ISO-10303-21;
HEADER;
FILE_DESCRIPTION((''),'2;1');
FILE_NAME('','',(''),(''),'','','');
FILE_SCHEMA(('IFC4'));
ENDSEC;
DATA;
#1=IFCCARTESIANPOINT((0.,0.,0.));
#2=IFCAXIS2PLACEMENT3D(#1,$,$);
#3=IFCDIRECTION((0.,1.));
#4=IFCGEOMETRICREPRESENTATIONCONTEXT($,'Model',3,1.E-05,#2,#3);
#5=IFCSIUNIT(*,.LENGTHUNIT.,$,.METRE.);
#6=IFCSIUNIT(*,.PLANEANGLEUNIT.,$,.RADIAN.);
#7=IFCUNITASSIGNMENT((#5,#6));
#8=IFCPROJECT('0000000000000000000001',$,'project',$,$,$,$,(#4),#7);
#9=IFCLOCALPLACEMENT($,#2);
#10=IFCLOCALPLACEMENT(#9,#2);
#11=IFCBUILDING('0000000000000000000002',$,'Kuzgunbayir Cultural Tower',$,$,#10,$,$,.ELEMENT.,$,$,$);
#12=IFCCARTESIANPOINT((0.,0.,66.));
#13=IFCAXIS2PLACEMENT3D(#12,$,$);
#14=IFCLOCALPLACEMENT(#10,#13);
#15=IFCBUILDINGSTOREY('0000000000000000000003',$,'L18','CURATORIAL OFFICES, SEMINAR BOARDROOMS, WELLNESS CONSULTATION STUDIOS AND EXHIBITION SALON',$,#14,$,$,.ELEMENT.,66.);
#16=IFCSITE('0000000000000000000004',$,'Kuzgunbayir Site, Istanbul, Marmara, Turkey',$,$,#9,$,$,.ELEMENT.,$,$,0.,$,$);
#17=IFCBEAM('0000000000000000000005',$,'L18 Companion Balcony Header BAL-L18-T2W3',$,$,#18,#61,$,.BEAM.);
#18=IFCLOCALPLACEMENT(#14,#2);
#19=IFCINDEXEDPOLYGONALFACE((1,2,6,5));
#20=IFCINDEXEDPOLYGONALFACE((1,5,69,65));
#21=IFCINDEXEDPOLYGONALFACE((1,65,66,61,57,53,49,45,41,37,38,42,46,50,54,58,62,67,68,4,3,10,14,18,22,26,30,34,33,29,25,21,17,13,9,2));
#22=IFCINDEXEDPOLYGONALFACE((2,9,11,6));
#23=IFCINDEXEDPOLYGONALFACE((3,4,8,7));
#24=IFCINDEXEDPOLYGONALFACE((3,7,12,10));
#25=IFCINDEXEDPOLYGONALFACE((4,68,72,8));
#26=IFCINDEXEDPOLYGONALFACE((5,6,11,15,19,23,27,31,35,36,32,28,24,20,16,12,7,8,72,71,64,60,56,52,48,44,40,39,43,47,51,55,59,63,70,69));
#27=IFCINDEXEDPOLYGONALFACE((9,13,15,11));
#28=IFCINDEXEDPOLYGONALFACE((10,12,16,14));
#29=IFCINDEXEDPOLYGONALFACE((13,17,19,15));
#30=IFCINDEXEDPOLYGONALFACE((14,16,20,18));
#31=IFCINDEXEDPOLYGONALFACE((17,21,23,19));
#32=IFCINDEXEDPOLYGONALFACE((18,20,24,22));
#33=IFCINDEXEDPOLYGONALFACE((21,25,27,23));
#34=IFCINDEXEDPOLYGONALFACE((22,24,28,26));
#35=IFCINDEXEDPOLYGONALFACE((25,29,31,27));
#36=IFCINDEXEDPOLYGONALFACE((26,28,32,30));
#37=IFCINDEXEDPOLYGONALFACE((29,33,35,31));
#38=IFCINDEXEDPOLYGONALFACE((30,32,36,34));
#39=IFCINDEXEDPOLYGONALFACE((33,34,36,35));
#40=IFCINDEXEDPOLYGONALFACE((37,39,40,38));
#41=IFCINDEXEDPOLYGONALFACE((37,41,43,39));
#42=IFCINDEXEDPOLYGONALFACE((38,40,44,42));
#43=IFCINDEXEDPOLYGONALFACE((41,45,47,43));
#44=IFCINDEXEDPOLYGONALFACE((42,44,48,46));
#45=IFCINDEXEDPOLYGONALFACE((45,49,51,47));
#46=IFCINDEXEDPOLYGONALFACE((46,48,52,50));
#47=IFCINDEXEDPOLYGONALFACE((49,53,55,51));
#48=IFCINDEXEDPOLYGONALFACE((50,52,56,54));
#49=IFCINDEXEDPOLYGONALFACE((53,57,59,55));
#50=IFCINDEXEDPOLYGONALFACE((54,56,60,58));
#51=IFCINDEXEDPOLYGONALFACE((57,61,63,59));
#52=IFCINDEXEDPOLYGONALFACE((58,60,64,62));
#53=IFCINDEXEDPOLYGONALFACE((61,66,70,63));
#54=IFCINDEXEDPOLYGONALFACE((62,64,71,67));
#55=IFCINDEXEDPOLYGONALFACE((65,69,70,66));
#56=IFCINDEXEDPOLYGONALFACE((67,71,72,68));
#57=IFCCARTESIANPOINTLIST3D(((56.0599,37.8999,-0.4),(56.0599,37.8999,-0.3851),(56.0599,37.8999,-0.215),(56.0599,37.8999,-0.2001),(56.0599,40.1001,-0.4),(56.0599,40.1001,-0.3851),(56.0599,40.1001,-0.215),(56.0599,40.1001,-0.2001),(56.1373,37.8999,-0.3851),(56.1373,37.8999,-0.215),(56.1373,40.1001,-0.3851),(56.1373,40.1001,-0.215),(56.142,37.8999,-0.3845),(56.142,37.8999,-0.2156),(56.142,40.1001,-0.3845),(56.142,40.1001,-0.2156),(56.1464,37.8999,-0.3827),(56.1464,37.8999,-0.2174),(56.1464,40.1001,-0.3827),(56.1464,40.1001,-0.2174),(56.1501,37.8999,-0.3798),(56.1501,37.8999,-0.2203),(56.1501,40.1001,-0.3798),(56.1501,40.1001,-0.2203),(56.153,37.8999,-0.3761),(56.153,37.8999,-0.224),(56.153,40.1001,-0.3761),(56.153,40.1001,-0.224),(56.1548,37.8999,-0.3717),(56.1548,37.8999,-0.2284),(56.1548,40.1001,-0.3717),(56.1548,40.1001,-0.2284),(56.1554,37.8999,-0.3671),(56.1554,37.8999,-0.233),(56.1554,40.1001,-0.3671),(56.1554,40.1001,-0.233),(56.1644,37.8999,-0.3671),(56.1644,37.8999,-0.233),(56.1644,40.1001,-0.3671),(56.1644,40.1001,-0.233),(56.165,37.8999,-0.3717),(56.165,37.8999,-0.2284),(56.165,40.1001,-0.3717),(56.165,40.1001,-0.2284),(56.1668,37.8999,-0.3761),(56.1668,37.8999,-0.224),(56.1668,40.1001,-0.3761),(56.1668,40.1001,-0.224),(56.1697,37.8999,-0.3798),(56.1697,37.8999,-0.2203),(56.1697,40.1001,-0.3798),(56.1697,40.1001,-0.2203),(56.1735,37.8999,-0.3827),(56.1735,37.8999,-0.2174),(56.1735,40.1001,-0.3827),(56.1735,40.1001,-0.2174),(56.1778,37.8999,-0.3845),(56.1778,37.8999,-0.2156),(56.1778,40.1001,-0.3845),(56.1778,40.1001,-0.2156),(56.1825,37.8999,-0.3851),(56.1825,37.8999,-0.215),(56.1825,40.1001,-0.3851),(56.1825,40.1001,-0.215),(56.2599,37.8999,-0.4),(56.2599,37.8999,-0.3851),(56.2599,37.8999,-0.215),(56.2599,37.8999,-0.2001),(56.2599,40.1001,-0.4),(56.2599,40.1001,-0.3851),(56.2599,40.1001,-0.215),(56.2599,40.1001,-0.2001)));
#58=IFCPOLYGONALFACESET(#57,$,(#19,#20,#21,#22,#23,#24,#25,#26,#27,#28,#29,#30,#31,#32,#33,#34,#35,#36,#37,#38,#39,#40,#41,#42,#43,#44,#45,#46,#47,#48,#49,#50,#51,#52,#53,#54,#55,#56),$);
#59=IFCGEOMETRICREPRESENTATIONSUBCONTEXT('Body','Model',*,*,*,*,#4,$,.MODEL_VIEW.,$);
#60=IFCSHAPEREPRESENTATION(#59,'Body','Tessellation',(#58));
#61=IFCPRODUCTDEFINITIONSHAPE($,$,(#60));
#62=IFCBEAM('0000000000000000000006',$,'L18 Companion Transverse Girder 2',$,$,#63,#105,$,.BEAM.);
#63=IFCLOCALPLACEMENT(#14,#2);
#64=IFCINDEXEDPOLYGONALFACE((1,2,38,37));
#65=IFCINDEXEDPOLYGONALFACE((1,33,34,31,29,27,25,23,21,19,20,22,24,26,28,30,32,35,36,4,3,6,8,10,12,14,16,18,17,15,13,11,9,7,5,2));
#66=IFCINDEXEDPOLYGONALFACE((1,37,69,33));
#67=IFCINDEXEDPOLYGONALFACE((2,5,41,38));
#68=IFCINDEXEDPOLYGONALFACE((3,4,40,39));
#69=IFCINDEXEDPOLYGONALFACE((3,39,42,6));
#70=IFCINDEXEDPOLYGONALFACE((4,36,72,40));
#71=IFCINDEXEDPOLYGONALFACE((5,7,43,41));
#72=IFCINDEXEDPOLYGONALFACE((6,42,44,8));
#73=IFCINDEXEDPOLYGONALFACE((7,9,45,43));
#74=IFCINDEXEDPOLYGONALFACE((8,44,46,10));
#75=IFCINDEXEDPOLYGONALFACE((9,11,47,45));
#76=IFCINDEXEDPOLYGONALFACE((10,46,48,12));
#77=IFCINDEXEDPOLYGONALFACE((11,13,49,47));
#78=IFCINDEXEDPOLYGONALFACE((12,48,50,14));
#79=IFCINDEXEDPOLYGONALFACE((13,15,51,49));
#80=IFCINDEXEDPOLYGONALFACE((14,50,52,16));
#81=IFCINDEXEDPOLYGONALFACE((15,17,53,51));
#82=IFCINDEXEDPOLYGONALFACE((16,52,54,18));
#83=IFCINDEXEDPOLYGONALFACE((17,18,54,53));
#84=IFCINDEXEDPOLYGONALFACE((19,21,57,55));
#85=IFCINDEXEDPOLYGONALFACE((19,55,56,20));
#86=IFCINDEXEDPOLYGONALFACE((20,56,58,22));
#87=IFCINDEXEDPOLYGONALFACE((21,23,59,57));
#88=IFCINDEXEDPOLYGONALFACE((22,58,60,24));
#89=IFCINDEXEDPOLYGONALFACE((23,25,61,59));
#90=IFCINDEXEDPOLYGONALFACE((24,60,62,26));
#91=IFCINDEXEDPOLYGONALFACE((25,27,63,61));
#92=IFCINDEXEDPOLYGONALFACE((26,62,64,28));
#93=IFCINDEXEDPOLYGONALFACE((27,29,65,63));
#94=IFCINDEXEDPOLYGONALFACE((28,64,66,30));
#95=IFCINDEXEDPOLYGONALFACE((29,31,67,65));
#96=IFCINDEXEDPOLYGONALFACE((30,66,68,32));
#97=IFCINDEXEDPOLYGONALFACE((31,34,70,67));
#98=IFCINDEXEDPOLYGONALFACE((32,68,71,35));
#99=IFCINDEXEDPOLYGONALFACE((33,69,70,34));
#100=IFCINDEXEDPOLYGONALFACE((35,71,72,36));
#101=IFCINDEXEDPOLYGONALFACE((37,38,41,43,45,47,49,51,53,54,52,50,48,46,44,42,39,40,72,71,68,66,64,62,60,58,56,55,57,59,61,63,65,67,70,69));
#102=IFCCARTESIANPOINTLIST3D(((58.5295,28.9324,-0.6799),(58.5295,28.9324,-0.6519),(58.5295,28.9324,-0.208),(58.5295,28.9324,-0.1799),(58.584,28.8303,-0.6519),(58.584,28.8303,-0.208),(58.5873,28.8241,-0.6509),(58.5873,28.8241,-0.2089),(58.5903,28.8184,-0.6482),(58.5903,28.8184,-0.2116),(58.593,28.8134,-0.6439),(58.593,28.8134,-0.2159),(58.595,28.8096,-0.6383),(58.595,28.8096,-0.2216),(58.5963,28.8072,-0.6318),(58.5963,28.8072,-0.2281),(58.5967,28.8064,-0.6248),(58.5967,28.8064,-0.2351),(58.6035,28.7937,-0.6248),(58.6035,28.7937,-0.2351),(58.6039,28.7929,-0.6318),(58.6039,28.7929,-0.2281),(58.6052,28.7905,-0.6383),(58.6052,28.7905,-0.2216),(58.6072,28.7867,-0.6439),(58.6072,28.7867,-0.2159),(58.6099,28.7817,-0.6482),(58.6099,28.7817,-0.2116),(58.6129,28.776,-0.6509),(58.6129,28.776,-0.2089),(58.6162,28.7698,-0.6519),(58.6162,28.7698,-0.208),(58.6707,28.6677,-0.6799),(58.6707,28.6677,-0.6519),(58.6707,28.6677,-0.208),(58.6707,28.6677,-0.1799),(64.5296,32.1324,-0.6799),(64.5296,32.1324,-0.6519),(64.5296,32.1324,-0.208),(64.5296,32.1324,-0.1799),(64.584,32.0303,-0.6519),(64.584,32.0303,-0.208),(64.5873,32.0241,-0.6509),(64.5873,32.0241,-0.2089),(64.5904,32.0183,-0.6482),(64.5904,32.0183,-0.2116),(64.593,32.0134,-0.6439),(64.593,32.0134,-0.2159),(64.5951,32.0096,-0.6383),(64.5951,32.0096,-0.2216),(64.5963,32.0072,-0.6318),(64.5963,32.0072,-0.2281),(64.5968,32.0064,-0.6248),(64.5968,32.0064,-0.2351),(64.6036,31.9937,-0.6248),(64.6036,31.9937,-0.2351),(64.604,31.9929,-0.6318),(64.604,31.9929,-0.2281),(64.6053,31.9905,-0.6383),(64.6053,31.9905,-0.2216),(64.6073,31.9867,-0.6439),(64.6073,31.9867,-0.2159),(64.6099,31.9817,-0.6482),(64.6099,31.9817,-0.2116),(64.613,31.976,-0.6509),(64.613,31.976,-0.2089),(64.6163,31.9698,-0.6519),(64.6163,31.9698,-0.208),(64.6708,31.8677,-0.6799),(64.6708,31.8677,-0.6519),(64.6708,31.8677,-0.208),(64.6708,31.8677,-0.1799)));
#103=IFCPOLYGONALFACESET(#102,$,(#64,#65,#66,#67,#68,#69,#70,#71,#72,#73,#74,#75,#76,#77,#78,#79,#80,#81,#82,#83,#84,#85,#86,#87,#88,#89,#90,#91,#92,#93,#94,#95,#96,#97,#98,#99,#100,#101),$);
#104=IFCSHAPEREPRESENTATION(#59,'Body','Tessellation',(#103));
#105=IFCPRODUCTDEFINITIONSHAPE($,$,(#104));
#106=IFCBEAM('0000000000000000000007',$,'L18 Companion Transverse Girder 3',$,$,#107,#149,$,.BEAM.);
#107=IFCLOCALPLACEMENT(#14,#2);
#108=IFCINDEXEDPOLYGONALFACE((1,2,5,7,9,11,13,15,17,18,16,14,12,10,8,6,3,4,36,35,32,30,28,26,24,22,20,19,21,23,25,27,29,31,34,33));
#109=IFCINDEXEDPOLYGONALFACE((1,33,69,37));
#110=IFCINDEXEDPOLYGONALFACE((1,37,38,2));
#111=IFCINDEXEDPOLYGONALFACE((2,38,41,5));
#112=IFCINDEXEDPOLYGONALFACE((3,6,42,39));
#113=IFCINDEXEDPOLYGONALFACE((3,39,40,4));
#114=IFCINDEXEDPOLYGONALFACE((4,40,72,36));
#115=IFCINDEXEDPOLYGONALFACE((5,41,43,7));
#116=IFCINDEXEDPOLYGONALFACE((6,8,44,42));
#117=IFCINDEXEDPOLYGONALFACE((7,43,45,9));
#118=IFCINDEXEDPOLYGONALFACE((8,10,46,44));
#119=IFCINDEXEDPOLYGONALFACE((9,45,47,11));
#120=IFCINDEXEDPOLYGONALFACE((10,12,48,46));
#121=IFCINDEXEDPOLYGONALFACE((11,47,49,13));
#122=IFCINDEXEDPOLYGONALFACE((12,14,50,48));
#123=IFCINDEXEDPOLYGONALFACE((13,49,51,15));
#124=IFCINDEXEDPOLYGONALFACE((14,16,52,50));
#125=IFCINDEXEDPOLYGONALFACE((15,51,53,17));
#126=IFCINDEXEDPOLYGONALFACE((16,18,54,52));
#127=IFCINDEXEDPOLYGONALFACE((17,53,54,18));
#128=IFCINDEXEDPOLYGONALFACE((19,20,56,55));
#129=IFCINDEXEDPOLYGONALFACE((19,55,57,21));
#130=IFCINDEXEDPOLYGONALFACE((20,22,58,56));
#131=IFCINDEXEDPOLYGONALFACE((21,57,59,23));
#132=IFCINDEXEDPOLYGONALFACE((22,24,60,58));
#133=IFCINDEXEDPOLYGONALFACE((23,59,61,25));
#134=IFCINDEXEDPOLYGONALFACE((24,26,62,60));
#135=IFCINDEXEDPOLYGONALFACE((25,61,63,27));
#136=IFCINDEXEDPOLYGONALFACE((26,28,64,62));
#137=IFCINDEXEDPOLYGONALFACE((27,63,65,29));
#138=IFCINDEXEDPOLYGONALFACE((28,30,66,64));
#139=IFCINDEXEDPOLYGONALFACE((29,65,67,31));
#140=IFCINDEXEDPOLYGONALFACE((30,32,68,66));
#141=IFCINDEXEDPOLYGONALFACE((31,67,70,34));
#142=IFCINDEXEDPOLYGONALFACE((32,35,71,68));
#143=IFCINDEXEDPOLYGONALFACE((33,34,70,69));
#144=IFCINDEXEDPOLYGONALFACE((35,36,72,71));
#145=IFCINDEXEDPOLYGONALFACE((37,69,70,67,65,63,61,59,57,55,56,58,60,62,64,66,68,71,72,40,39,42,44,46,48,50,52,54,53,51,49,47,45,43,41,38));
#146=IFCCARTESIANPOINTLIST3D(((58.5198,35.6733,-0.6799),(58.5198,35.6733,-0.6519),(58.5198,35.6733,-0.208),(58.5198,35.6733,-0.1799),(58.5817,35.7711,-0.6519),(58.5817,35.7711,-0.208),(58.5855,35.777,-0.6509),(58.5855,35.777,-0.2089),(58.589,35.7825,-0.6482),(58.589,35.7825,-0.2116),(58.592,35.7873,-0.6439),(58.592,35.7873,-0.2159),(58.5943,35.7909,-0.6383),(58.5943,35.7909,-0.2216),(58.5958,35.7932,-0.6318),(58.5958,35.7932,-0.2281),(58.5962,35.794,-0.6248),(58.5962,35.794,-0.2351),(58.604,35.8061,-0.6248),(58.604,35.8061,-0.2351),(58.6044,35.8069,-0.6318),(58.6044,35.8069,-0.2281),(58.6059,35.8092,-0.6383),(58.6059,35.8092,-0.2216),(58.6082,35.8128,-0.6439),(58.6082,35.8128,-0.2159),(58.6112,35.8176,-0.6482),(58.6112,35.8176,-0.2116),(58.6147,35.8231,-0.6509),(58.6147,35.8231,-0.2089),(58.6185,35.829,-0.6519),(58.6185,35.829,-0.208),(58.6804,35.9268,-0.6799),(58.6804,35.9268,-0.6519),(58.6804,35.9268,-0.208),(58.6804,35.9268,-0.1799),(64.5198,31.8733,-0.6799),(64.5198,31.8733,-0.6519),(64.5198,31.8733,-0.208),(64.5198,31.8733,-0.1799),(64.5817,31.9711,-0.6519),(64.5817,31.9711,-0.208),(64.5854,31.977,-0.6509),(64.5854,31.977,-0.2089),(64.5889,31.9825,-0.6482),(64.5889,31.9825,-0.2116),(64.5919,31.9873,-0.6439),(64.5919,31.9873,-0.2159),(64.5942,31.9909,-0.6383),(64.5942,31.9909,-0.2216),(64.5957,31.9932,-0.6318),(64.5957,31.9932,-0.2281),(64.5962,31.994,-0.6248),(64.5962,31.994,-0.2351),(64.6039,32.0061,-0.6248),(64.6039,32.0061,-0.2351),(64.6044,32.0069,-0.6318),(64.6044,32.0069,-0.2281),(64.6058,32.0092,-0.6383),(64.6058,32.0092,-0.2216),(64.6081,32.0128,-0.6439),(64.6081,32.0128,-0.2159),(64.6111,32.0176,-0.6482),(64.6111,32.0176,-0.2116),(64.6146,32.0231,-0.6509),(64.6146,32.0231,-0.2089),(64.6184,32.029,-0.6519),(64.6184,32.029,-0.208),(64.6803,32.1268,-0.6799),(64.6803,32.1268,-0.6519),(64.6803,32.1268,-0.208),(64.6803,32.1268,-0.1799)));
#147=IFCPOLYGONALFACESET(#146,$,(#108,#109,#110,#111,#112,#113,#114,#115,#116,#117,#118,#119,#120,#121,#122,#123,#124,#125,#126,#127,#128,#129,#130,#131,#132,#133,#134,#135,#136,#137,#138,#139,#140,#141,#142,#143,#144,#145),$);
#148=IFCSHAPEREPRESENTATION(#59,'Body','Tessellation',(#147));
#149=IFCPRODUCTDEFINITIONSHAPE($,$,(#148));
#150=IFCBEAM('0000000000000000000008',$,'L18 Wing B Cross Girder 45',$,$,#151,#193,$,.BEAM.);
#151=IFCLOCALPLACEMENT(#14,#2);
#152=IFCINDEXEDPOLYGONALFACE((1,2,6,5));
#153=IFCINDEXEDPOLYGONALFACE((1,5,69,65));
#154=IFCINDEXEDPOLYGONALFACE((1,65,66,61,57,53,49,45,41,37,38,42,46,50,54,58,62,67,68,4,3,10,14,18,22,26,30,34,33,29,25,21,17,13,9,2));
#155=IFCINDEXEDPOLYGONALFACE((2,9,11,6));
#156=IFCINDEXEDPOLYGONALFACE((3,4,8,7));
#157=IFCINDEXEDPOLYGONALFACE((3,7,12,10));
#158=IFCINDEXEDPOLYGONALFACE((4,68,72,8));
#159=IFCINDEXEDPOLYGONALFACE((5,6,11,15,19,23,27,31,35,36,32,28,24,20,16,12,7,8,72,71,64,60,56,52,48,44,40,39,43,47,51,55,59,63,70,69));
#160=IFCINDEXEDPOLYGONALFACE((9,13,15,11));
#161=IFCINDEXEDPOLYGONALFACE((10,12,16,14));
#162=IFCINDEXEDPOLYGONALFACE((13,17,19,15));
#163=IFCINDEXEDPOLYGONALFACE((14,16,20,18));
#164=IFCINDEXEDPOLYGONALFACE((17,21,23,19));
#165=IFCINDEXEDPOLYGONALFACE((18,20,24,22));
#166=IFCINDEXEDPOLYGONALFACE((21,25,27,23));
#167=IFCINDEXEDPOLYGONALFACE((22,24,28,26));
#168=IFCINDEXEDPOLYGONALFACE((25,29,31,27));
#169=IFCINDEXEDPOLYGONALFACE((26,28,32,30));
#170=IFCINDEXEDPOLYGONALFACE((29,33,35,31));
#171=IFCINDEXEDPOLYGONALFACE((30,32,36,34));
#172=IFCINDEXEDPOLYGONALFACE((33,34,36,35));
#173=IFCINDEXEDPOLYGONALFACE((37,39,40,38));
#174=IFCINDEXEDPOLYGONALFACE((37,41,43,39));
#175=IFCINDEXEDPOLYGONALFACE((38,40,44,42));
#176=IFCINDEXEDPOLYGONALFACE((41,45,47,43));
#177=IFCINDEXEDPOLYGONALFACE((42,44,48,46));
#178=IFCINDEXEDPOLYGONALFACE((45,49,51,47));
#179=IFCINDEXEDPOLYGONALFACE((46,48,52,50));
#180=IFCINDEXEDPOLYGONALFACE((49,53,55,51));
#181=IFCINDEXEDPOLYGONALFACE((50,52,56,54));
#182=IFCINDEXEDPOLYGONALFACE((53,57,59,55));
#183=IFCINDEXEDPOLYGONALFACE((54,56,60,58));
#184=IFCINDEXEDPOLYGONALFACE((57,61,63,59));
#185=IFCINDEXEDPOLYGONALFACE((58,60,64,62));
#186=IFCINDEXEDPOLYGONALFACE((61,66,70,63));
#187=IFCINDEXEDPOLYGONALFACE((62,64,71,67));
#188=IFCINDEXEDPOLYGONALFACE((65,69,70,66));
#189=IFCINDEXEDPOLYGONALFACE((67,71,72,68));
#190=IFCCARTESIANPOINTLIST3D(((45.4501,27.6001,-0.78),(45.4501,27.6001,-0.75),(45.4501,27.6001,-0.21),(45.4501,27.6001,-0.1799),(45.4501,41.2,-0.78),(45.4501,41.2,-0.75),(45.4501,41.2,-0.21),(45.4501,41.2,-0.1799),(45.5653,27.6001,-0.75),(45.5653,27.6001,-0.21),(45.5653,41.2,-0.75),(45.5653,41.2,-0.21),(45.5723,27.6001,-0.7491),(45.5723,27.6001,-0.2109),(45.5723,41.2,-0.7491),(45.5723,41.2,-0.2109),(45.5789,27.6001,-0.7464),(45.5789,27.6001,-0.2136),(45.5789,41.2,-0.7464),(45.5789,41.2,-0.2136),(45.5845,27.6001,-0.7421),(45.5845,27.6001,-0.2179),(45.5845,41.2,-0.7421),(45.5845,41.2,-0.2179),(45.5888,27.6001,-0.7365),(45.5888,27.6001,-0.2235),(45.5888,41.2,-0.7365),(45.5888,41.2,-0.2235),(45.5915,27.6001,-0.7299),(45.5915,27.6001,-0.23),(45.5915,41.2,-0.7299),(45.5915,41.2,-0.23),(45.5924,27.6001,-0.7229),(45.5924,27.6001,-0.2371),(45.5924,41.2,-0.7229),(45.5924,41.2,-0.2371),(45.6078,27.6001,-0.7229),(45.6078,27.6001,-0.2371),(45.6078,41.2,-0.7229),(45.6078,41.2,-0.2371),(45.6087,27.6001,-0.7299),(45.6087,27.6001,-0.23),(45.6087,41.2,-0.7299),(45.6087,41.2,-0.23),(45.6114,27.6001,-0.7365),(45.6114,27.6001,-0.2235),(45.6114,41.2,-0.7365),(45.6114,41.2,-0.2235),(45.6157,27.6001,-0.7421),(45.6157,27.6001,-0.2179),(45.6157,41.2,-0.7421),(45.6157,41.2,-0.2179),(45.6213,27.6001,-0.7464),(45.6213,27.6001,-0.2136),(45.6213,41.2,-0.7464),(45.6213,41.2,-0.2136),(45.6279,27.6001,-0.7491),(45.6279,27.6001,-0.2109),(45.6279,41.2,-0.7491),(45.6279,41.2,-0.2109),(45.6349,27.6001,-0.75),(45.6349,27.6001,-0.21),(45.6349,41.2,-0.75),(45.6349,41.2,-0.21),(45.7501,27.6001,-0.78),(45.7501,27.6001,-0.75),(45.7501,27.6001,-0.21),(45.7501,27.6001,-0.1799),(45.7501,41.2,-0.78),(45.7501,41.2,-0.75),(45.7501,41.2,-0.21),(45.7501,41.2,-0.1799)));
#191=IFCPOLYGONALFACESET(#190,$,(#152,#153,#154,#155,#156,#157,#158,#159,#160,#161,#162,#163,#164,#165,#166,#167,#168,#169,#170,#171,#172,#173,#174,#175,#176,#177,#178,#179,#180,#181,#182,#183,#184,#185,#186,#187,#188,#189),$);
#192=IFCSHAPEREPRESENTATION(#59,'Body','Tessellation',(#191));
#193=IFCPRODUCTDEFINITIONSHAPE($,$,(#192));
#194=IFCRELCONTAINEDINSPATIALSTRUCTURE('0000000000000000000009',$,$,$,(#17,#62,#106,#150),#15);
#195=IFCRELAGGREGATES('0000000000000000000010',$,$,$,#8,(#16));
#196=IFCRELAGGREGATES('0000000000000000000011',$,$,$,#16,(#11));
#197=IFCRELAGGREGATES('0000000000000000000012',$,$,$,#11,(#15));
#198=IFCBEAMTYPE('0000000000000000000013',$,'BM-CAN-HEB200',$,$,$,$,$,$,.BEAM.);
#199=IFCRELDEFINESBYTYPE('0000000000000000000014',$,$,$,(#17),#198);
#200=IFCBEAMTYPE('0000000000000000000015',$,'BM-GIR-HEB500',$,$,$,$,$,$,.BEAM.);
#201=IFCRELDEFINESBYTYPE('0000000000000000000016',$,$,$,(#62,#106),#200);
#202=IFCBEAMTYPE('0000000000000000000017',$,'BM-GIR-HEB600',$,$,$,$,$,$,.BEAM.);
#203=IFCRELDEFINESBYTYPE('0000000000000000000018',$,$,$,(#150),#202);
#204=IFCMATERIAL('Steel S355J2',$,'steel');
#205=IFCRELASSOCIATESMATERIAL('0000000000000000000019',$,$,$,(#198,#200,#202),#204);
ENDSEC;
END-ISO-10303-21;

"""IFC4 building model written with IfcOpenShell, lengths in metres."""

from ifc_helpers import new_model, si_unit, direction, frame, origin, origin_2d, place, context, subcontext, project, spatial, i_section, extrude, material, material_profile, profile_set, type_object, element, save


model = new_model("IFC4")

# Units and contexts
model_context = context("Model", 3, precision=1e-05, world=origin(), true_north=direction((0.0, 1.0)))
body_context = subcontext(model_context, "Body", "Model", "MODEL_VIEW")
ifc_project = project(units=[si_unit("LENGTHUNIT", "METRE"), si_unit("PLANEANGLEUNIT", "RADIAN")], contexts=[model_context])

# Site, building, storey
site_placement = place(None, origin())
site = spatial("IfcSite", under=ifc_project, at=site_placement, Name="Kuzgunbayir Site, Istanbul, Marmara, Turkey", CompositionType="ELEMENT", RefElevation=0.0)
building_placement = place(site_placement, origin())
building = spatial("IfcBuilding", under=site, at=building_placement, Name="Kuzgunbayir Cultural Tower", CompositionType="ELEMENT")
storey_placement = place(building_placement, frame((0.0, 0.0, 66.0)))
storey = spatial("IfcBuildingStorey", under=building, at=storey_placement, Name="L18", Description="CURATORIAL OFFICES, SEMINAR BOARDROOMS, WELLNESS CONSULTATION STUDIOS AND EXHIBITION SALON", CompositionType="ELEMENT", Elevation=66.0)

# Beams
ifc_material_1 = material(Name="Steel S355J2", Category="steel")
ifc_material_profile_1 = material_profile(ifc_material_1, i_section(OverallWidth=0.2, OverallDepth=0.2, WebThickness=0.009, FlangeThickness=0.0149, FilletRadius=0.0181, at=origin_2d()), Name="HEB 200")
ifc_profile_set_1 = profile_set([ifc_material_profile_1], Name="Steel S355J2")
beam_type_1 = type_object("IfcBeamType", Name="BM-CAN-HEB200", PredefinedType="BEAM", material=ifc_profile_set_1)
beam_1_placement = place(storey_placement, frame((56.1599, 37.8999, -0.3), z_axis=(0.0, 1.0, 0.0), x_axis=(-1.0, 0.0, 0.0)))
element("IfcBeam", 1, at=beam_1_placement, inside=storey, type_object=beam_type_1, Name="L18 Companion Balcony Header BAL-L18-T2W3", PredefinedType="BEAM", context=body_context, shape_type="SweptSolid", body=[
    extrude(i_section(OverallWidth=0.2, OverallDepth=0.2, WebThickness=0.009, FlangeThickness=0.0149, FilletRadius=0.0181, at=origin_2d()), origin(), (0.0, 0.0, 1.0), 2.2002),
])
ifc_material_profile_2 = material_profile(ifc_material_1, i_section(OverallWidth=0.3, OverallDepth=0.5, WebThickness=0.0144, FlangeThickness=0.0281, FilletRadius=0.0271, at=origin_2d()), Name="HEB 500")
ifc_profile_set_2 = profile_set([ifc_material_profile_2], Name="Steel S355J2")
beam_type_2 = type_object("IfcBeamType", Name="BM-GIR-HEB500", PredefinedType="BEAM", material=ifc_profile_set_2)
beam_2_placement = place(storey_placement, frame((58.6001, 28.8, -0.4299), z_axis=(0.882356, 0.470583, 0.0), x_axis=(-0.470583, 0.882356, 0.0)))
element("IfcBeam", 2, at=beam_2_placement, inside=storey, type_object=beam_type_2, Name="L18 Companion Transverse Girder 2", PredefinedType="BEAM", context=body_context, shape_type="SweptSolid", body=[
    extrude(i_section(OverallWidth=0.3, OverallDepth=0.5, WebThickness=0.0144, FlangeThickness=0.0281, FilletRadius=0.0271, at=origin_2d()), origin(), (0.0, 0.0, 1.0), 6.8),
])
beam_3_placement = place(storey_placement, frame((58.6001, 35.8, -0.4299), z_axis=(0.844816, -0.535057, 0.0), x_axis=(0.535057, 0.844816, 0.0)))
element("IfcBeam", 3, at=beam_3_placement, inside=storey, type_object=beam_type_2, Name="L18 Companion Transverse Girder 3", PredefinedType="BEAM", context=body_context, shape_type="SweptSolid", body=[
    extrude(i_section(OverallWidth=0.3, OverallDepth=0.5, WebThickness=0.0144, FlangeThickness=0.0281, FilletRadius=0.0271, at=origin_2d()), origin(), (0.0, 0.0, 1.0), 7.1021),
])
ifc_material_profile_3 = material_profile(ifc_material_1, i_section(OverallWidth=0.3, OverallDepth=0.6001, WebThickness=0.0154, FlangeThickness=0.03, FilletRadius=0.0271, at=origin_2d()), Name="HEB 600")
ifc_profile_set_3 = profile_set([ifc_material_profile_3], Name="Steel S355J2")
beam_type_3 = type_object("IfcBeamType", Name="BM-GIR-HEB600", PredefinedType="BEAM", material=ifc_profile_set_3)
beam_4_placement = place(storey_placement, frame((45.6001, 27.6001, -0.48), z_axis=(0.0, 1.0, 0.0), x_axis=(-1.0, 0.0, 0.0)))
element("IfcBeam", 4, at=beam_4_placement, inside=storey, type_object=beam_type_3, Name="L18 Wing B Cross Girder 45", PredefinedType="BEAM", context=body_context, shape_type="SweptSolid", body=[
    extrude(i_section(OverallWidth=0.3, OverallDepth=0.6001, WebThickness=0.0154, FlangeThickness=0.03, FilletRadius=0.0271, at=origin_2d()), origin(), (0.0, 0.0, 1.0), 13.5999),
])

save(model, "model.ifc")
